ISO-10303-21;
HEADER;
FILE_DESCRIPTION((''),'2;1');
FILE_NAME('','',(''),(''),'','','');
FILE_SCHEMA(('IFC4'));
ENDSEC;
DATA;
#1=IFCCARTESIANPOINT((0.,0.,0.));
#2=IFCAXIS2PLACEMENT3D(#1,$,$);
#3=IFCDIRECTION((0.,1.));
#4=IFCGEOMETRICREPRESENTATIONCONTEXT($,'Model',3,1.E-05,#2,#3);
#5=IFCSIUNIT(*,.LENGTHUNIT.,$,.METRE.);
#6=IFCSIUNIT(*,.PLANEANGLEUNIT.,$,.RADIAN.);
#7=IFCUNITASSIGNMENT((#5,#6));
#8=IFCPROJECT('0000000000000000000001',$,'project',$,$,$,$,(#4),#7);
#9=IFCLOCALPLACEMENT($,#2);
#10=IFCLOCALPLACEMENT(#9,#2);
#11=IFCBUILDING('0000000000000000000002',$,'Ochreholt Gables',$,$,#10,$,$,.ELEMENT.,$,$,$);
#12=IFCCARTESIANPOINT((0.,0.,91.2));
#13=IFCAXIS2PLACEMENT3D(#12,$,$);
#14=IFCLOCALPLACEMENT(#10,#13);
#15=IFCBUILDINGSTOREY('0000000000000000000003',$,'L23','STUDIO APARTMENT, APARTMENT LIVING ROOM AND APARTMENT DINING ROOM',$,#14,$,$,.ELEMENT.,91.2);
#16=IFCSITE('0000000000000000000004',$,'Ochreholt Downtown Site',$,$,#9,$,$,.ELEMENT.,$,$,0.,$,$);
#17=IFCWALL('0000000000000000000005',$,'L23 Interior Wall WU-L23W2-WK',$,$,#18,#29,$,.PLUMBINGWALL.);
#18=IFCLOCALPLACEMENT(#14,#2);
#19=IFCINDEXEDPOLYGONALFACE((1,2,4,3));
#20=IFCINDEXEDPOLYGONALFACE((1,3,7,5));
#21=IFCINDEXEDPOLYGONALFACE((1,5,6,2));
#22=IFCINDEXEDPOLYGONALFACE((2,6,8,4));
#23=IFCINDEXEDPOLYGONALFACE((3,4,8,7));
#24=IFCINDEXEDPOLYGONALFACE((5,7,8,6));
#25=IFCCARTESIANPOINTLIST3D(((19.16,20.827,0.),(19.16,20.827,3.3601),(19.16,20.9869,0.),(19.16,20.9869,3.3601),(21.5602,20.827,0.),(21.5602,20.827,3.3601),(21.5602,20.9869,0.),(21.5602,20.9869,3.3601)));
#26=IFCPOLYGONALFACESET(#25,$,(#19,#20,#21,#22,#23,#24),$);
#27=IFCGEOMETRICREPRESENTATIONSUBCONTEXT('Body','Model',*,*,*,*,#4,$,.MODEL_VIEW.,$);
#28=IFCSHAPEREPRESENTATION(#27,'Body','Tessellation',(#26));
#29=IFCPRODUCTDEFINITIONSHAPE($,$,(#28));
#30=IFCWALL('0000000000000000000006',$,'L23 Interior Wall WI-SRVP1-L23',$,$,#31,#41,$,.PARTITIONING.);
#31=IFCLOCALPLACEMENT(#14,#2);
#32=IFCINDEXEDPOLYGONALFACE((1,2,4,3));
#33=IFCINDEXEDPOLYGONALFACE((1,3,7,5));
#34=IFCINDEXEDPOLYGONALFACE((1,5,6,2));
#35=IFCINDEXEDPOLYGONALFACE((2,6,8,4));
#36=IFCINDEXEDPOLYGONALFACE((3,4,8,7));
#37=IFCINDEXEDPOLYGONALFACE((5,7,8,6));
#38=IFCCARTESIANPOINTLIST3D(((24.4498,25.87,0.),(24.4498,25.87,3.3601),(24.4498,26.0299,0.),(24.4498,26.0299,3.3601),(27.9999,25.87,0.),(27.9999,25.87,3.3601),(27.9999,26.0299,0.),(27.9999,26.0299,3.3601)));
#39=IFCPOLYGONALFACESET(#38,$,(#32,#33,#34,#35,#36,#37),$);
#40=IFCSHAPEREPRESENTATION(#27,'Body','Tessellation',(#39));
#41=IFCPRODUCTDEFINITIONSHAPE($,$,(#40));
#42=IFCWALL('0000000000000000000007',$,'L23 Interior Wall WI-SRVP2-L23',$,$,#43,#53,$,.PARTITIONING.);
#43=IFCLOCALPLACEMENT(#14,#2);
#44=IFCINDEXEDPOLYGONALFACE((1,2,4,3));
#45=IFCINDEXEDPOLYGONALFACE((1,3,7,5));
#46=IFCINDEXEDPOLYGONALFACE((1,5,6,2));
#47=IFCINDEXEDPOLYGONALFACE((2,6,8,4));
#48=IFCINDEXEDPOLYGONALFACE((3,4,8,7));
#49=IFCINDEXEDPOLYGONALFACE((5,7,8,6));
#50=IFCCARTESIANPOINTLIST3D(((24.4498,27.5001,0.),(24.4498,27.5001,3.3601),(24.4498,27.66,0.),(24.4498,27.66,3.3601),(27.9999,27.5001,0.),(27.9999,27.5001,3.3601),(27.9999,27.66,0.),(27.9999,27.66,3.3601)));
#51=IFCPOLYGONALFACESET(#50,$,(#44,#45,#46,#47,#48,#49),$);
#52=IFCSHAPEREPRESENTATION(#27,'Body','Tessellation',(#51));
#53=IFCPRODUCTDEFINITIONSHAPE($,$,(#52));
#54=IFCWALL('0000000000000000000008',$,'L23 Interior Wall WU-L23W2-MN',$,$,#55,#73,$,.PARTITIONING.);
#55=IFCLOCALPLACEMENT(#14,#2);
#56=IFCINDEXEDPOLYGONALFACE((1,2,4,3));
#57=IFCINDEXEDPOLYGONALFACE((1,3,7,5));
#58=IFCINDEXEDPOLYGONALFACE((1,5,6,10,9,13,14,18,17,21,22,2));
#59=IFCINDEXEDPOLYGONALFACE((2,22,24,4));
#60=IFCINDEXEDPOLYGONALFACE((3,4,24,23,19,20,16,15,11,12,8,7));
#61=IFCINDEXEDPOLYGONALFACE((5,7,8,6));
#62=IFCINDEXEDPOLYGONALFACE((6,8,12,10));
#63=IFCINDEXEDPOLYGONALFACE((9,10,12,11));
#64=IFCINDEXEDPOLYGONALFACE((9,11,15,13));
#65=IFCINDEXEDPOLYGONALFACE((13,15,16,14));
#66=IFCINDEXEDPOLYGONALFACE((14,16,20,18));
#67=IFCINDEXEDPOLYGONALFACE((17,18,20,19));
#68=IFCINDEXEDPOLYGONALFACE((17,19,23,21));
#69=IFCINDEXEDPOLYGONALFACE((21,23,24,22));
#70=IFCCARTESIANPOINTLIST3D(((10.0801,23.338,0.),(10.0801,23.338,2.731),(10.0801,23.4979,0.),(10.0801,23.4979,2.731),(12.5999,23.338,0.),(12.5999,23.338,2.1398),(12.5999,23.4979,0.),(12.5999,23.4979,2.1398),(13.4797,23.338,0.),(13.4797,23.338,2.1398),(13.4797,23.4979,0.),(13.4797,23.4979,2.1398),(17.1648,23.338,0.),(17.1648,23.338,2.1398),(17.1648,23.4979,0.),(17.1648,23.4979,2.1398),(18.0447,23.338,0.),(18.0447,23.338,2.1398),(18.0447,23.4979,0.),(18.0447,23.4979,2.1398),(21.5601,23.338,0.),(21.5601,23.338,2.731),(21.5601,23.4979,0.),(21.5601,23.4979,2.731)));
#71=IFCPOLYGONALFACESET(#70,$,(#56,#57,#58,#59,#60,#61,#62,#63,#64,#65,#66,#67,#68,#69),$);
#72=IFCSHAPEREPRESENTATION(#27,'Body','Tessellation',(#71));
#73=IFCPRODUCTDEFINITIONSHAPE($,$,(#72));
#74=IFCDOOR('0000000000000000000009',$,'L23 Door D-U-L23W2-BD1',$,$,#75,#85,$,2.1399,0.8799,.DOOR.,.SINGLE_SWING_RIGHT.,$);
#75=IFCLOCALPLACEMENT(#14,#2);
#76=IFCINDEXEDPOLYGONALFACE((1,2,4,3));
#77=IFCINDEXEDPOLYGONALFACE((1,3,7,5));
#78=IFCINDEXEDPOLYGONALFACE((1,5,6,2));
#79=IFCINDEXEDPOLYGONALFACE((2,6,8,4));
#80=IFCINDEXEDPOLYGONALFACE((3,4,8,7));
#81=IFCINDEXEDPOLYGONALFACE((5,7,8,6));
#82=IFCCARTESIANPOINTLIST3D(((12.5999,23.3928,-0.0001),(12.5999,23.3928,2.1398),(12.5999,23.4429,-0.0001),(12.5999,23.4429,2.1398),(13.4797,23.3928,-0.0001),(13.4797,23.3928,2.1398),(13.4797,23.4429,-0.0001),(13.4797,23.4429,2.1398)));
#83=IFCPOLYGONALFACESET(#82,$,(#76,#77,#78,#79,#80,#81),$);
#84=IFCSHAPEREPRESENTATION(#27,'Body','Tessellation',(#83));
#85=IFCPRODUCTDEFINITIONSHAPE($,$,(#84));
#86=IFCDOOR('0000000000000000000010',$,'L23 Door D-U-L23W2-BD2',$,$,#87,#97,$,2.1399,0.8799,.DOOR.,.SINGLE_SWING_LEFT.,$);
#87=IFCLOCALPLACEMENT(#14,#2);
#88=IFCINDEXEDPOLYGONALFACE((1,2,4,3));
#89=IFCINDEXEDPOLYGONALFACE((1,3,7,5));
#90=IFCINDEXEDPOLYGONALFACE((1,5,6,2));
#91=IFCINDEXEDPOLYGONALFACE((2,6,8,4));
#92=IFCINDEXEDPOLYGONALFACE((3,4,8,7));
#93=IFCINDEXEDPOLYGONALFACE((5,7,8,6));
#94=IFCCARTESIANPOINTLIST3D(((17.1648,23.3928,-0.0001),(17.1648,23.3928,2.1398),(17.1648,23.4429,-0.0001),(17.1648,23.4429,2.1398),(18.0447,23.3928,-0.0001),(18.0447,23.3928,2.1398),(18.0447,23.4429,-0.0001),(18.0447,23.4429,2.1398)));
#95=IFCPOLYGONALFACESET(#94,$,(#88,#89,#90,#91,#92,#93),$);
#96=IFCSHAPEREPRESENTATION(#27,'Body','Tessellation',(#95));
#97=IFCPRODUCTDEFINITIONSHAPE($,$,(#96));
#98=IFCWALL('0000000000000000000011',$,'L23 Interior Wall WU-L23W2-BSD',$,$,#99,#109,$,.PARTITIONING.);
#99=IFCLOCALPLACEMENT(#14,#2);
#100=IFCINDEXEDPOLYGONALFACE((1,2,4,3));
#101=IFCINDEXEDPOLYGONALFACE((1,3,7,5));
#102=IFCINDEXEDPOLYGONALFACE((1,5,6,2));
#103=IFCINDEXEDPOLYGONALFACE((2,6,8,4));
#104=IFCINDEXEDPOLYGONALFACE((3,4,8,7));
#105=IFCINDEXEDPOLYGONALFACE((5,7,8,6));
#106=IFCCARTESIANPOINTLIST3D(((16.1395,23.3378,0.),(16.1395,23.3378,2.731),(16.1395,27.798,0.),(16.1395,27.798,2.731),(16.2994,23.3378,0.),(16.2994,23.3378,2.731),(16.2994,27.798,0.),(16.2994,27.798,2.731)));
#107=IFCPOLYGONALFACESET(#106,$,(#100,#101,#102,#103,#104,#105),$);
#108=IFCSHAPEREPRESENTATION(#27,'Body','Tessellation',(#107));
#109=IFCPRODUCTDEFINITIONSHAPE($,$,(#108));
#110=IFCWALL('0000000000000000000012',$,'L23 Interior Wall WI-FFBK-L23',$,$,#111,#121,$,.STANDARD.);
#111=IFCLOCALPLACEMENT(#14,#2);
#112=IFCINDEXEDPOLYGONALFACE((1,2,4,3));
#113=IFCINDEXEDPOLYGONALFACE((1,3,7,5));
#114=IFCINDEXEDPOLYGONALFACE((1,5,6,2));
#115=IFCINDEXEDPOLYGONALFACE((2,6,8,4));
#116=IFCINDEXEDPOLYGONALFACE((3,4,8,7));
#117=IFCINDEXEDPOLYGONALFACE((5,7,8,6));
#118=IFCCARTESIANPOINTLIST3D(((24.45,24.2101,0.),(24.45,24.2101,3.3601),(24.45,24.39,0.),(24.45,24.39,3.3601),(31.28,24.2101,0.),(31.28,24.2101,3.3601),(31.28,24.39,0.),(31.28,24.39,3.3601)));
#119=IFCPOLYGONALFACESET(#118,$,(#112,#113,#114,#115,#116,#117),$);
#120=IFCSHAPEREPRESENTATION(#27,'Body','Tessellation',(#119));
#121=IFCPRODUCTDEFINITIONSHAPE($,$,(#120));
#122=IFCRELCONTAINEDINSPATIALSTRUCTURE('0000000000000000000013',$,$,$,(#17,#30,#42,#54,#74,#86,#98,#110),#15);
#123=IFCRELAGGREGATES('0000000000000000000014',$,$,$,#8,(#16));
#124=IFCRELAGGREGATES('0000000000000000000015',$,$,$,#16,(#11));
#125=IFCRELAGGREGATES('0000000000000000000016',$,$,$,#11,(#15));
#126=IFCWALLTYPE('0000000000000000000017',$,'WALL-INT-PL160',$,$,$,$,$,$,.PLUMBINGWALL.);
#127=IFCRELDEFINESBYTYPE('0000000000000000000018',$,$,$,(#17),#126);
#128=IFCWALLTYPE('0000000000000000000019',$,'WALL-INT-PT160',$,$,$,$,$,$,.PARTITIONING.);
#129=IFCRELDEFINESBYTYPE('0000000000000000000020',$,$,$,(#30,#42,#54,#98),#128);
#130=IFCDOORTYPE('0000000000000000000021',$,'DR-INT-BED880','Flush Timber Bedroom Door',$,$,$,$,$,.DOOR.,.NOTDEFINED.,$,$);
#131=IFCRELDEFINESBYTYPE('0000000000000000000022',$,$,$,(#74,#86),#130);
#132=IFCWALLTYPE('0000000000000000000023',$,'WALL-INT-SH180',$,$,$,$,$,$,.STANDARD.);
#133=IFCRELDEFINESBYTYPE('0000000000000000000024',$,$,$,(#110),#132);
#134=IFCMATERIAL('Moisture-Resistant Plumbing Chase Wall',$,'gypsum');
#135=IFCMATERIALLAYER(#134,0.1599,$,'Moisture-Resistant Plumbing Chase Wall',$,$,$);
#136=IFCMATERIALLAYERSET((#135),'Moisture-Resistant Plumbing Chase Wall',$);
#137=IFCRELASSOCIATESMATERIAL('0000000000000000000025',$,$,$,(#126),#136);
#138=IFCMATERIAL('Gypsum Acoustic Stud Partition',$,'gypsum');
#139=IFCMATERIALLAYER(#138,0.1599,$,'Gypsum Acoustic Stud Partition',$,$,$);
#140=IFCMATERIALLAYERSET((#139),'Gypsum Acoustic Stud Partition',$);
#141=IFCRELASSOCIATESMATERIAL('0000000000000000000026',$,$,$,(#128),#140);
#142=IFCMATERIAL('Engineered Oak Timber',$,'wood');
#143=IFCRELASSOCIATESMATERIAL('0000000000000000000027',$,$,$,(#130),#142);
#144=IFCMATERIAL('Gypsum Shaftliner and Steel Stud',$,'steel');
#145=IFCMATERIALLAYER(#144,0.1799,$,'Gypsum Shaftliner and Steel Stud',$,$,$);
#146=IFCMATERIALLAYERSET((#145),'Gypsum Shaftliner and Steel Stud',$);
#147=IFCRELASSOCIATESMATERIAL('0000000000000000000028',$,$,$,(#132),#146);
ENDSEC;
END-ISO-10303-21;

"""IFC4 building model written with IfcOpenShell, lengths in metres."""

from ifc_helpers import new_model, si_unit, direction, frame, frame_2d, origin, place, context, subcontext, project, spatial, rectangle, extrude, material, layer, layer_set, type_object, element, fill, save


model = new_model("IFC4")

# Units and contexts
model_context = context("Model", 3, precision=1e-05, world=origin(), true_north=direction((0.0, 1.0)))
body_context = subcontext(model_context, "Body", "Model", "MODEL_VIEW")
ifc_project = project(units=[si_unit("LENGTHUNIT", "METRE"), si_unit("PLANEANGLEUNIT", "RADIAN")], contexts=[model_context])

# Site, building, storey
site_placement = place(None, origin())
site = spatial("IfcSite", under=ifc_project, at=site_placement, Name="Ochreholt Downtown Site", CompositionType="ELEMENT", RefElevation=0.0)
building_placement = place(site_placement, origin())
building = spatial("IfcBuilding", under=site, at=building_placement, Name="Ochreholt Gables", CompositionType="ELEMENT")
storey_placement = place(building_placement, frame((0.0, 0.0, 91.2)))
storey = spatial("IfcBuildingStorey", under=building, at=storey_placement, Name="L23", Description="STUDIO APARTMENT, APARTMENT LIVING ROOM AND APARTMENT DINING ROOM", CompositionType="ELEMENT", Elevation=91.2)

# Walls
ifc_material_1 = material(Name="Moisture-Resistant Plumbing Chase Wall", Category="gypsum")
ifc_layer_1 = layer(ifc_material_1, 0.1599, Name="Moisture-Resistant Plumbing Chase Wall")
ifc_layer_set_1 = layer_set([ifc_layer_1], Name="Moisture-Resistant Plumbing Chase Wall")
wall_type_1 = type_object("IfcWallType", Name="WALL-INT-PL160", PredefinedType="PLUMBINGWALL", material=ifc_layer_set_1)
wall_1_placement = place(storey_placement, frame((19.1599, 20.907, 0.0), z_axis=(0.0, 0.0, 1.0), x_axis=(1.0, 0.0, 0.0)))
element("IfcWall", 1, at=wall_1_placement, inside=storey, type_object=wall_type_1, Name="L23 Interior Wall WU-L23W2-WK", PredefinedType="PLUMBINGWALL", context=body_context, shape_type="SweptSolid", body=[
    extrude(rectangle(XDim=2.4001, YDim=0.1599, at=frame_2d((1.2002, 0.0))), origin(), (0.0, 0.0, 1.0), 3.3601),
])
ifc_material_2 = material(Name="Gypsum Acoustic Stud Partition", Category="gypsum")
ifc_layer_2 = layer(ifc_material_2, 0.1599, Name="Gypsum Acoustic Stud Partition")
ifc_layer_set_2 = layer_set([ifc_layer_2], Name="Gypsum Acoustic Stud Partition")
wall_type_2 = type_object("IfcWallType", Name="WALL-INT-PT160", PredefinedType="PARTITIONING", material=ifc_layer_set_2)
for number, where, z_axis, x_axis, name in (
    (2, (24.45, 25.95, 0.0), (0.0, 0.0, 1.0), (1.0, 0.0, 0.0), "L23 Interior Wall WI-SRVP1-L23"),
    (3, (24.45, 27.5801, 0.0), (0.0, 0.0, 1.0), (1.0, 0.0, 0.0), "L23 Interior Wall WI-SRVP2-L23"),
):
    element("IfcWall", number, at=place(storey_placement, frame(where, z_axis=z_axis, x_axis=x_axis)), inside=storey, type_object=wall_type_2, Name=name, PredefinedType="PARTITIONING", context=body_context, shape_type="SweptSolid", body=[
        extrude(rectangle(XDim=3.55, YDim=0.1599, at=frame_2d((1.7749, 0.0))), origin(), (0.0, 0.0, 1.0), 3.3601),
    ])

# Wall, openings, doors
wall_2_placement = place(storey_placement, frame((10.0801, 23.418, 0.0), z_axis=(0.0, 0.0, 1.0), x_axis=(1.0, 0.0, 0.0)))
wall_2 = element("IfcWall", 4, at=wall_2_placement, inside=storey, type_object=wall_type_2, Name="L23 Interior Wall WU-L23W2-MN", PredefinedType="PARTITIONING", context=body_context, shape_type="SweptSolid", body=[
    extrude(rectangle(XDim=11.48, YDim=0.1599, at=frame_2d((5.74, 0.0))), origin(), (0.0, 0.0, 1.0), 2.731),
])
opening_1_placement = place(wall_2_placement, frame((2.5198, 0.0, 0.0)))
opening_1 = element("IfcOpeningElement", 5, at=opening_1_placement, cuts=wall_2, PredefinedType="OPENING", context=body_context, shape_type="SweptSolid", body=[
    extrude(rectangle(XDim=0.8799, YDim=2.1399, at=frame_2d((0.4399, 1.0698))), frame((0.0, 0.0898, 0.0), z_axis=(0.0, -1.0, 0.0), x_axis=(1.0, 0.0, 0.0)), (0.0, 0.0, 1.0), 0.1799),
])
opening_2_placement = place(wall_2_placement, frame((7.0847, 0.0, 0.0)))
opening_2 = element("IfcOpeningElement", 6, at=opening_2_placement, cuts=wall_2, PredefinedType="OPENING", context=body_context, shape_type="SweptSolid", body=[
    extrude(rectangle(XDim=0.8799, YDim=2.1399, at=frame_2d((0.4399, 1.0698))), frame((0.0, 0.0898, 0.0), z_axis=(0.0, -1.0, 0.0), x_axis=(1.0, 0.0, 0.0)), (0.0, 0.0, 1.0), 0.1799),
])
ifc_material_3 = material(Name="Engineered Oak Timber", Category="wood")
door_type_1 = type_object("IfcDoorType", Name="DR-INT-BED880", Description="Flush Timber Bedroom Door", OperationType="NOTDEFINED", PredefinedType="DOOR", material=ifc_material_3)
door_1_placement = place(opening_1_placement, origin())
door_1 = element("IfcDoor", 7, at=door_1_placement, inside=storey, type_object=door_type_1, Name="L23 Door D-U-L23W2-BD1", OperationType="SINGLE_SWING_RIGHT", OverallHeight=2.1399, OverallWidth=0.8799, PredefinedType="DOOR", context=body_context, shape_type="SweptSolid", body=[
    extrude(rectangle(XDim=0.8799, YDim=2.1399, at=frame_2d((0.4399, 1.0698))), frame((0.0, 0.0249, 0.0), z_axis=(0.0, -1.0, 0.0), x_axis=(1.0, 0.0, 0.0)), (0.0, 0.0, 1.0), 0.05),
])
fill(opening_1, door_1)
door_2_placement = place(opening_2_placement, origin())
door_2 = element("IfcDoor", 8, at=door_2_placement, inside=storey, type_object=door_type_1, Name="L23 Door D-U-L23W2-BD2", OperationType="SINGLE_SWING_LEFT", OverallHeight=2.1399, OverallWidth=0.8799, PredefinedType="DOOR", context=body_context, shape_type="SweptSolid", body=[
    extrude(rectangle(XDim=0.8799, YDim=2.1399, at=frame_2d((0.4399, 1.0698))), frame((0.0, 0.0249, 0.0), z_axis=(0.0, -1.0, 0.0), x_axis=(1.0, 0.0, 0.0)), (0.0, 0.0, 1.0), 0.05),
])
fill(opening_2, door_2)

# Walls
wall_3_placement = place(storey_placement, frame((16.2195, 23.3379, 0.0), z_axis=(0.0, 0.0, 1.0), x_axis=(0.0, 1.0, 0.0)))
element("IfcWall", 9, at=wall_3_placement, inside=storey, type_object=wall_type_2, Name="L23 Interior Wall WU-L23W2-BSD", PredefinedType="PARTITIONING", context=body_context, shape_type="SweptSolid", body=[
    extrude(rectangle(XDim=4.4602, YDim=0.1599, at=frame_2d((2.23, 0.0))), origin(), (0.0, 0.0, 1.0), 2.731),
])
ifc_material_4 = material(Name="Gypsum Shaftliner and Steel Stud", Category="steel")
ifc_layer_3 = layer(ifc_material_4, 0.1799, Name="Gypsum Shaftliner and Steel Stud")
ifc_layer_set_3 = layer_set([ifc_layer_3], Name="Gypsum Shaftliner and Steel Stud")
wall_type_3 = type_object("IfcWallType", Name="WALL-INT-SH180", PredefinedType="STANDARD", material=ifc_layer_set_3)
wall_4_placement = place(storey_placement, frame((24.45, 24.3, 0.0), z_axis=(0.0, 0.0, 1.0), x_axis=(1.0, 0.0, 0.0)))
element("IfcWall", 10, at=wall_4_placement, inside=storey, type_object=wall_type_3, Name="L23 Interior Wall WI-FFBK-L23", PredefinedType="STANDARD", context=body_context, shape_type="SweptSolid", body=[
    extrude(rectangle(XDim=6.8301, YDim=0.1799, at=frame_2d((3.415, 0.0))), origin(), (0.0, 0.0, 1.0), 3.3601),
])

save(model, "model.ifc")
